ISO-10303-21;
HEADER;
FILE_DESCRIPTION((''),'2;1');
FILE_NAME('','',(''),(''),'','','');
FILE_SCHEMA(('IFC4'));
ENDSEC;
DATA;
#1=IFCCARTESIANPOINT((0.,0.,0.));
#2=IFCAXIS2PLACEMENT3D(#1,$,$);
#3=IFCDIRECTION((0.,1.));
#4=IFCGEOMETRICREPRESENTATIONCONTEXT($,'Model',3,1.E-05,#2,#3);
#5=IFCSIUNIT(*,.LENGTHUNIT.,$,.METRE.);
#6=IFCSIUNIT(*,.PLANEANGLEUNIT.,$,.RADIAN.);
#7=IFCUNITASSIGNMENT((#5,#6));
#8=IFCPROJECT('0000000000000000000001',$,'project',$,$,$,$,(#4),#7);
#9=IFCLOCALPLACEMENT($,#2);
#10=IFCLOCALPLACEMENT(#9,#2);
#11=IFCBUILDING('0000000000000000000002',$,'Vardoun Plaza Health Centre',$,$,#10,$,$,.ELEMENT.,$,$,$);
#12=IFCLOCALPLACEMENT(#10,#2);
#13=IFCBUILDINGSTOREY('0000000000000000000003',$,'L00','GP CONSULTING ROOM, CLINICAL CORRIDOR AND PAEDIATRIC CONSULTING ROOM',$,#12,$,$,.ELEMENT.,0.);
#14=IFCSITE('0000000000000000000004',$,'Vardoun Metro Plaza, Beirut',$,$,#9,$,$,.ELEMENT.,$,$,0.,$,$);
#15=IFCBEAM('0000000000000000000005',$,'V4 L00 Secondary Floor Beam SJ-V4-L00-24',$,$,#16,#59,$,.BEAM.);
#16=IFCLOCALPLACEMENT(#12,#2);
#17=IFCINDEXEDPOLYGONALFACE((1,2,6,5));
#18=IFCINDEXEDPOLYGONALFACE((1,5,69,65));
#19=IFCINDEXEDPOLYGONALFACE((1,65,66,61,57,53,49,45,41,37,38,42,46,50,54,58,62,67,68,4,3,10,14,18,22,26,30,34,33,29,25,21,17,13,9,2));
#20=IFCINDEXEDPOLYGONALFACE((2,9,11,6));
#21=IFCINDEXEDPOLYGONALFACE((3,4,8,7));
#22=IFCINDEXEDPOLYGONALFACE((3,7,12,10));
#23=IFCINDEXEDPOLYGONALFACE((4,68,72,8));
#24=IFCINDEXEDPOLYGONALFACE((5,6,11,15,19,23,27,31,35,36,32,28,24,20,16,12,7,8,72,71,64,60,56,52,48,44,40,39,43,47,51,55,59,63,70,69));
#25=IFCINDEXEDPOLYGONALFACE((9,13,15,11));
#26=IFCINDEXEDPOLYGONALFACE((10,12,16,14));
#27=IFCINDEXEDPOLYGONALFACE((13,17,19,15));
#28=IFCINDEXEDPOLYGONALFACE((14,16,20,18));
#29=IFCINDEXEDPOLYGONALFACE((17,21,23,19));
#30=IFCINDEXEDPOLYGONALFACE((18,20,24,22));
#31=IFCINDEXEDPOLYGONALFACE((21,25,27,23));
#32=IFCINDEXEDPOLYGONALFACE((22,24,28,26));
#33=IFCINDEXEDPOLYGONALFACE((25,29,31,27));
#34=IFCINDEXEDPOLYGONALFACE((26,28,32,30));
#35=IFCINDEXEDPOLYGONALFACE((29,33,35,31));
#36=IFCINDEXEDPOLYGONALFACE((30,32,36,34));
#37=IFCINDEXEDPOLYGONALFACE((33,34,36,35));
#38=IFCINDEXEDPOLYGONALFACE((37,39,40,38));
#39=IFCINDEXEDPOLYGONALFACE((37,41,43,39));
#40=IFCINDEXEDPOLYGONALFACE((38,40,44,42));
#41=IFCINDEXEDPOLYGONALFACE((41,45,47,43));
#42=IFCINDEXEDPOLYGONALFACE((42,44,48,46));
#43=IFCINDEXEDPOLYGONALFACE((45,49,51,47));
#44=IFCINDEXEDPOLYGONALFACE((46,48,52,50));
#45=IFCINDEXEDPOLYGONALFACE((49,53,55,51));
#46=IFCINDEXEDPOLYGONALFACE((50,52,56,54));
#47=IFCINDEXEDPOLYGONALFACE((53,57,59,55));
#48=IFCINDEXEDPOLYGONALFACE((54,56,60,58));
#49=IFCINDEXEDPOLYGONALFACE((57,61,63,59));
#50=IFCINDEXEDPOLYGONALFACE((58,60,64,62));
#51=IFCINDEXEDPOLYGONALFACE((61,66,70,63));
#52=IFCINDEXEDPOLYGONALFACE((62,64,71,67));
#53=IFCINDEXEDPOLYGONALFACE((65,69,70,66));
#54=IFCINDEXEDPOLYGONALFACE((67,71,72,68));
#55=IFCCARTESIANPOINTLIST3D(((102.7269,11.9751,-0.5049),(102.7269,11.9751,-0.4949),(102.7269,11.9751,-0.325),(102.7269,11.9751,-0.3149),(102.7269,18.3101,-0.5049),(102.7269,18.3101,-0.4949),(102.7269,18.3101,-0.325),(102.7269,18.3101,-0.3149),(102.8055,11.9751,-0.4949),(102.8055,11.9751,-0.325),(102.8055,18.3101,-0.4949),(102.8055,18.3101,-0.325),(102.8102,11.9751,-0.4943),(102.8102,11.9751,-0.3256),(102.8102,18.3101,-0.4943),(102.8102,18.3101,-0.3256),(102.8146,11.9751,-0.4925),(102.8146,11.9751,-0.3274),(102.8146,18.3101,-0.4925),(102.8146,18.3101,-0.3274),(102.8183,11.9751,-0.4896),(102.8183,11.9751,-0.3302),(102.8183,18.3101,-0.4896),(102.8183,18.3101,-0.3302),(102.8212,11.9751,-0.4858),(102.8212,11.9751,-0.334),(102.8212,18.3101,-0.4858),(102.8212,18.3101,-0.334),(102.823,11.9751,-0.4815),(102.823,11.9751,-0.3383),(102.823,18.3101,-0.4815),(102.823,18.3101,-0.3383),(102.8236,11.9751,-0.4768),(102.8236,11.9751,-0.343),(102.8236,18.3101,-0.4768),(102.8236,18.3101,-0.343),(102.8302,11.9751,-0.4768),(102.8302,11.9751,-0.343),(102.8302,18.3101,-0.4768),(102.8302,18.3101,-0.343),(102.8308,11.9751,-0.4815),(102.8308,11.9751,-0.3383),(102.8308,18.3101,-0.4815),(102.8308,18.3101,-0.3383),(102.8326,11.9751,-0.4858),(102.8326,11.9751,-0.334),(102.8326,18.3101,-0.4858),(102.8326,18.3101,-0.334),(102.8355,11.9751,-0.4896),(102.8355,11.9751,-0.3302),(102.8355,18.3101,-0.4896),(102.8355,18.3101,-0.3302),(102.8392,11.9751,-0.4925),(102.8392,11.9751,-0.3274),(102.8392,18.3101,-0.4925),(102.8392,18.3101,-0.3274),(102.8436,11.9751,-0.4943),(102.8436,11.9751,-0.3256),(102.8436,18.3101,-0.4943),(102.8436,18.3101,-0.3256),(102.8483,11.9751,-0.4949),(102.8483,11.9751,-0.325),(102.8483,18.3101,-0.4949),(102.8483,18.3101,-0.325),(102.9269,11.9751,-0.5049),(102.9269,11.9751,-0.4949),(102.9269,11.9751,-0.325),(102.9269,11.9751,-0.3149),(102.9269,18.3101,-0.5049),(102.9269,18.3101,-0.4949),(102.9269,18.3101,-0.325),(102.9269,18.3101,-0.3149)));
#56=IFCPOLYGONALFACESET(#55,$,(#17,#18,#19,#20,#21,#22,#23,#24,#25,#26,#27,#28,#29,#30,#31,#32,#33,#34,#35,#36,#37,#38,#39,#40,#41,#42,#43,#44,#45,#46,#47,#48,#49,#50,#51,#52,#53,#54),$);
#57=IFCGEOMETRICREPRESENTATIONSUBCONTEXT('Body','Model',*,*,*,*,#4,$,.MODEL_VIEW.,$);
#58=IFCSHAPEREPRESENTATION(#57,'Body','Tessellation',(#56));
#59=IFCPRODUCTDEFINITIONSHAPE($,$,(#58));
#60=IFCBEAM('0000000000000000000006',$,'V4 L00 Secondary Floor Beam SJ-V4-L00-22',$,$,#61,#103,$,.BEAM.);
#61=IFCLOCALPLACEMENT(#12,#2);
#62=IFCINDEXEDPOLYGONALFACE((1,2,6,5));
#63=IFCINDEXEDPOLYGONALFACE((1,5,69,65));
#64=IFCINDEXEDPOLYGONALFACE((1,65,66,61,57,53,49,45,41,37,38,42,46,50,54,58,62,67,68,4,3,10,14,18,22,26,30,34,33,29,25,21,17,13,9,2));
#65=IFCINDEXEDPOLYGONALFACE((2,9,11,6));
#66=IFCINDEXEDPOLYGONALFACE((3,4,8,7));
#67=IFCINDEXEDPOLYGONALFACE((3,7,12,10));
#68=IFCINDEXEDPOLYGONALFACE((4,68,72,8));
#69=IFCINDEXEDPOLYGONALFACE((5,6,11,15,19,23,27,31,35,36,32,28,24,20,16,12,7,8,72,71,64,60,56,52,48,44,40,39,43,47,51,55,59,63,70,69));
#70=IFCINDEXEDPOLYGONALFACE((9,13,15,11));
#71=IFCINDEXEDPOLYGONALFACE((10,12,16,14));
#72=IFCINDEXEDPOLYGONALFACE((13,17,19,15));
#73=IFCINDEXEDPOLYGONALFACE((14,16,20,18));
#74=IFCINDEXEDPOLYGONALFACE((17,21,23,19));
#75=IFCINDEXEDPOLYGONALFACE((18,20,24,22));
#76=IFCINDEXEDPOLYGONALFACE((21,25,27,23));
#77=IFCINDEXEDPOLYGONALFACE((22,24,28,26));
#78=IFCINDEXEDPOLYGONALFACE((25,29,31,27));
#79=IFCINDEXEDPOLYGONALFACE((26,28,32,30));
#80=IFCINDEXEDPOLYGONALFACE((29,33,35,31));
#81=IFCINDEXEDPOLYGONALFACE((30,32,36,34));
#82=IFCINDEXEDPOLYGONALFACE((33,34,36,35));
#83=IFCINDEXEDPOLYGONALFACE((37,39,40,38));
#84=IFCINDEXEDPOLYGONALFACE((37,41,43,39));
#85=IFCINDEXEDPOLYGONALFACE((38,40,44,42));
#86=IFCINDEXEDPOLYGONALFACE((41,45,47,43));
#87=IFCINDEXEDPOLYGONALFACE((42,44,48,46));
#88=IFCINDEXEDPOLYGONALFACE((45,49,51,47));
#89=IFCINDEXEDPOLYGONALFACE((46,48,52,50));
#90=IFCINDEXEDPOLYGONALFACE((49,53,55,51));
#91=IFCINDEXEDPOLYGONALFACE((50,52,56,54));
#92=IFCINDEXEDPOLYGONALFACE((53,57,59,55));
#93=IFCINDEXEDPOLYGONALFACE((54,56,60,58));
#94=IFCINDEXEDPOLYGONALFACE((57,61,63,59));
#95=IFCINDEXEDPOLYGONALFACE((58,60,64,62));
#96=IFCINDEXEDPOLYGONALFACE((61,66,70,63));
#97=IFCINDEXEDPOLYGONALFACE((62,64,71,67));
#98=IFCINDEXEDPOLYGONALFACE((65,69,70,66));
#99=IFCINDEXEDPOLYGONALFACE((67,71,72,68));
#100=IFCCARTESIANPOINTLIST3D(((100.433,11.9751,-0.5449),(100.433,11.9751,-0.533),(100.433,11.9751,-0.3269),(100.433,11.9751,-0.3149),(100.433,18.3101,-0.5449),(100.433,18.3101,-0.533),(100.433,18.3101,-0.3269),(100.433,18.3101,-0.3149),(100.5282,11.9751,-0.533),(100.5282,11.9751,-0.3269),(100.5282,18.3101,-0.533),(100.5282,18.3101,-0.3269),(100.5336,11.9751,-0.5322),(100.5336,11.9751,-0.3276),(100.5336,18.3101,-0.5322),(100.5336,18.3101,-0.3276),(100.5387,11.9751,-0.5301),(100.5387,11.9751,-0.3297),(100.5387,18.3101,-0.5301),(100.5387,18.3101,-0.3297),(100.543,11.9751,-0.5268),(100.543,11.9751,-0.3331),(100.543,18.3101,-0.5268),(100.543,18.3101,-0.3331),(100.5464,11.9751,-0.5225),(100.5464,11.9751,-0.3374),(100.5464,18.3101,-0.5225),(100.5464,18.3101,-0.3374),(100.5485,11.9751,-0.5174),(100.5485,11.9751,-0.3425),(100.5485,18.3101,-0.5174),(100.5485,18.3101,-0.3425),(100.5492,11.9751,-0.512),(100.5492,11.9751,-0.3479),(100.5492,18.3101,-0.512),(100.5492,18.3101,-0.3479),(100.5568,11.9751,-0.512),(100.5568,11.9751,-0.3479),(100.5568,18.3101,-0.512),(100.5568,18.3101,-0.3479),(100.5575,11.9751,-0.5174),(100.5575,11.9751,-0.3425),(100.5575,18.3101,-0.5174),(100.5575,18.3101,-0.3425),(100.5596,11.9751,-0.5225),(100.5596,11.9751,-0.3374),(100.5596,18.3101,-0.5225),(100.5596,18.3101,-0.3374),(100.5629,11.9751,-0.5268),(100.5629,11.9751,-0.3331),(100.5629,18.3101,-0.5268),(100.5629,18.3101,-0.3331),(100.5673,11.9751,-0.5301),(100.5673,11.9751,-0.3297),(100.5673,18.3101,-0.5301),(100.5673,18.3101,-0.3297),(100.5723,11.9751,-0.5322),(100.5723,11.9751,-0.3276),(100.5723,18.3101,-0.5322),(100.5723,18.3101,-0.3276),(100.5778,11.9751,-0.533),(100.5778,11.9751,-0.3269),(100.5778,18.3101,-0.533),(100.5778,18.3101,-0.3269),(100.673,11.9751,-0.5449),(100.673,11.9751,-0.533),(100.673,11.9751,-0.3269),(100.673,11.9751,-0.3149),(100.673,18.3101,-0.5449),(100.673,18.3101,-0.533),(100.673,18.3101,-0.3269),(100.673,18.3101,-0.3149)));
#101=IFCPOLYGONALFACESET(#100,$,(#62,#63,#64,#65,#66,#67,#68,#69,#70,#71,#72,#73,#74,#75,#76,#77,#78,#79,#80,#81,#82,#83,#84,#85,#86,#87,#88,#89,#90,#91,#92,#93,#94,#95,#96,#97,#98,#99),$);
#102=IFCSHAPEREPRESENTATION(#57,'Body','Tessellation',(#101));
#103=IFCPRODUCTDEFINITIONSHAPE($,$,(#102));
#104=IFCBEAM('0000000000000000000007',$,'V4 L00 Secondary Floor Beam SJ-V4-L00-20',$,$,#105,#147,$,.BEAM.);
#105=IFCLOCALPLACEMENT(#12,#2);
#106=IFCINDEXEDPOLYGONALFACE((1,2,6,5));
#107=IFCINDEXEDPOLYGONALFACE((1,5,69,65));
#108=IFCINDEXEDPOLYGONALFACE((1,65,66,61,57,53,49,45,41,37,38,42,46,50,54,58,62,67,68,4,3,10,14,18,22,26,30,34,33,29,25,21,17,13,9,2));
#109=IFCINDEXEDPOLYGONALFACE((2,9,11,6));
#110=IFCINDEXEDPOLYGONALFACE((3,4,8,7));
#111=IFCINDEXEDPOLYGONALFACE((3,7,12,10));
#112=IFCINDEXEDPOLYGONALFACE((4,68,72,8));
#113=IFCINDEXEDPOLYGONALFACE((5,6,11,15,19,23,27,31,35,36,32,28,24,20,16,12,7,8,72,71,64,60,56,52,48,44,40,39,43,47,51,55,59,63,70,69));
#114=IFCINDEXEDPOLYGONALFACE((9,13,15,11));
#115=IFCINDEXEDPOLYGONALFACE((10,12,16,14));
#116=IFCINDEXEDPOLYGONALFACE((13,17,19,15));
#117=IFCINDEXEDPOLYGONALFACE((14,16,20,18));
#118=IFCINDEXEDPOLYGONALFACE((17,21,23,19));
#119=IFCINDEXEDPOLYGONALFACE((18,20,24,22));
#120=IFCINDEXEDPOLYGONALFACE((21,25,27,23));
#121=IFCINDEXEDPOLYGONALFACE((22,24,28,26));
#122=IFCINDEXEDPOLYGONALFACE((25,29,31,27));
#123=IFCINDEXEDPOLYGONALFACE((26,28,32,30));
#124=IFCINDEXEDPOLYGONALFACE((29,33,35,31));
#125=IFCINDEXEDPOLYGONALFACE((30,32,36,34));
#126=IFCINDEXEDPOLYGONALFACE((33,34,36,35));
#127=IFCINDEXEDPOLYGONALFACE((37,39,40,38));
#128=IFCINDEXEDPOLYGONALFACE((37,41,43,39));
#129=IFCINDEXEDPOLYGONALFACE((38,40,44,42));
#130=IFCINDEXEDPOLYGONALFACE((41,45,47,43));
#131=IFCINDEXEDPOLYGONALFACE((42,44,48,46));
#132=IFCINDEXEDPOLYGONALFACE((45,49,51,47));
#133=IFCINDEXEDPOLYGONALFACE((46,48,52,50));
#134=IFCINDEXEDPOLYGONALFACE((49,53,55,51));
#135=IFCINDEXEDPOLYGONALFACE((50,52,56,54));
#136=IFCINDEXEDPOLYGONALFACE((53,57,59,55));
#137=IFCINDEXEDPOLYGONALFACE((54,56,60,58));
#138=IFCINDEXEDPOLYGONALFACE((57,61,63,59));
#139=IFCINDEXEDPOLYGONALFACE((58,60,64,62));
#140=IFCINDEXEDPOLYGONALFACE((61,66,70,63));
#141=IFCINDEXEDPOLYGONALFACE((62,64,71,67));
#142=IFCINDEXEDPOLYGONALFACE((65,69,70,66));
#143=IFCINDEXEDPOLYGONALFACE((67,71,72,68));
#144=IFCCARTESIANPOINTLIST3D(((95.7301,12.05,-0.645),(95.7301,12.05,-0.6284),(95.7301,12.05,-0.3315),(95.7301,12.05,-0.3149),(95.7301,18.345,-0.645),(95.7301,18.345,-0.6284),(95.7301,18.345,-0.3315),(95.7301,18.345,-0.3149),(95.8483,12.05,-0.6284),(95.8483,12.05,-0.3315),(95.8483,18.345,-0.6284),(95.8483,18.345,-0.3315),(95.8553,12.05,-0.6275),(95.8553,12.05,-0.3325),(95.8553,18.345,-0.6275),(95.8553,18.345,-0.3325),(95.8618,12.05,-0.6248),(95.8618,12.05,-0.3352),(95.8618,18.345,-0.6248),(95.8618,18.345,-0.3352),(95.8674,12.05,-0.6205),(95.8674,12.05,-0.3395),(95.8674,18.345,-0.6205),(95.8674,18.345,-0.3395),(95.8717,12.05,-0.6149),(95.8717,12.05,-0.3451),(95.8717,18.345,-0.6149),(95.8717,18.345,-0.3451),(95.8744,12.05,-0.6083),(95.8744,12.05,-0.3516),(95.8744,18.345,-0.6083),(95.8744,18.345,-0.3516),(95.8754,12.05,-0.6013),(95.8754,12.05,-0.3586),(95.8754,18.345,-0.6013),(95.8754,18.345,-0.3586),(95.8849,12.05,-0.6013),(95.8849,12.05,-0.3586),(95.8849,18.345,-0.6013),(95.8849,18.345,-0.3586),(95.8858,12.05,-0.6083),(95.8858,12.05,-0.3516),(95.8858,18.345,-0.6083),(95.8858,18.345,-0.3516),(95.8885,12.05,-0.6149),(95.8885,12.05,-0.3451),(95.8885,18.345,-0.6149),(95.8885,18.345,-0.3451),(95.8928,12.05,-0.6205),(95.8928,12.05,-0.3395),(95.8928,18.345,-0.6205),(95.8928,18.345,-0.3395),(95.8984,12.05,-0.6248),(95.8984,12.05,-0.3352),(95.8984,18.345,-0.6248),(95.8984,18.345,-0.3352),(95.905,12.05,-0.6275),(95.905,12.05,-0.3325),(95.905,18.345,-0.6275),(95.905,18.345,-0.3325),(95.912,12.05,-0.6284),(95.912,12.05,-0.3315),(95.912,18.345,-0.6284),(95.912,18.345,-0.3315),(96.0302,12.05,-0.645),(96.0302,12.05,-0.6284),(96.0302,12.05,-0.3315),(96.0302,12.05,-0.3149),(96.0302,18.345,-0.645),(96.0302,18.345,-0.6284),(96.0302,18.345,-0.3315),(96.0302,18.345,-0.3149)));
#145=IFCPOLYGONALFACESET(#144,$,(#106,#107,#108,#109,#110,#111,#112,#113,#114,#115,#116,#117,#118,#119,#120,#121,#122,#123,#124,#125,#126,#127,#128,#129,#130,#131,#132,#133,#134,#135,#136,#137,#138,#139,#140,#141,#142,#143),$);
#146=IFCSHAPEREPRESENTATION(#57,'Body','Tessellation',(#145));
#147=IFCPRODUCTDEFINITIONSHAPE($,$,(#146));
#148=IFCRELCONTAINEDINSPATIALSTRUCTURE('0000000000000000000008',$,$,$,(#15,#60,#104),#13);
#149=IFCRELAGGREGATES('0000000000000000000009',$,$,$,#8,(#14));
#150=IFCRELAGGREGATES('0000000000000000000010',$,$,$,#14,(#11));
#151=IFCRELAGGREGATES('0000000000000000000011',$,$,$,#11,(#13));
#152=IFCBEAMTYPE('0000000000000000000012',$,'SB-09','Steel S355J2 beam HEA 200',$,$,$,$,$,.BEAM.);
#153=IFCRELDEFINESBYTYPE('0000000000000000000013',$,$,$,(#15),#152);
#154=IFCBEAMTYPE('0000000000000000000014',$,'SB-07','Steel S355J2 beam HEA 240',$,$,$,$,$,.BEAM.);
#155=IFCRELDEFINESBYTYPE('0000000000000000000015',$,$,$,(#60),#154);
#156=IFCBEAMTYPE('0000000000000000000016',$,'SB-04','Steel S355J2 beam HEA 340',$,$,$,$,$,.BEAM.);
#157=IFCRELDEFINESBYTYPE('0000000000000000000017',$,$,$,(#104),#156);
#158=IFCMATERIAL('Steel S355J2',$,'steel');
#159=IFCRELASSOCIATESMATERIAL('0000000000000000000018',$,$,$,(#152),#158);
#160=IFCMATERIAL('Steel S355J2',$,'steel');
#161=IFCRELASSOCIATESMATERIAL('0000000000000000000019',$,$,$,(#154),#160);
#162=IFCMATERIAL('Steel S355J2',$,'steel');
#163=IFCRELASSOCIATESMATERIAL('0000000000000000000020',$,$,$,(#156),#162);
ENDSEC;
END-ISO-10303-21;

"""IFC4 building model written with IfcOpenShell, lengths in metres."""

from ifc_helpers import new_model, si_unit, direction, frame, origin, origin_2d, place, context, subcontext, project, spatial, i_section, extrude, material, material_profile, profile_set, type_object, element, save


model = new_model("IFC4")

# Units and contexts
model_context = context("Model", 3, precision=1e-05, world=origin(), true_north=direction((0.0, 1.0)))
body_context = subcontext(model_context, "Body", "Model", "MODEL_VIEW")
ifc_project = project(units=[si_unit("LENGTHUNIT", "METRE"), si_unit("PLANEANGLEUNIT", "RADIAN")], contexts=[model_context])

# Site, building, storey
site_placement = place(None, origin())
site = spatial("IfcSite", under=ifc_project, at=site_placement, Name="Vardoun Metro Plaza, Beirut", CompositionType="ELEMENT", RefElevation=0.0)
building_placement = place(site_placement, origin())
building = spatial("IfcBuilding", under=site, at=building_placement, Name="Vardoun Plaza Health Centre", CompositionType="ELEMENT")
storey_placement = place(building_placement, origin())
storey = spatial("IfcBuildingStorey", under=building, at=storey_placement, Name="L00", Description="GP CONSULTING ROOM, CLINICAL CORRIDOR AND PAEDIATRIC CONSULTING ROOM", CompositionType="ELEMENT", Elevation=0.0)

# Beams
ifc_material_1 = material(Name="Steel S355J2", Category="steel")
ifc_material_profile_1 = material_profile(ifc_material_1, i_section(OverallWidth=0.2, OverallDepth=0.1899, WebThickness=0.0066, FlangeThickness=0.01, FilletRadius=0.0181, at=origin_2d()), Name="HEA 200")
ifc_profile_set_1 = profile_set([ifc_material_profile_1], Name="Steel S355J2")
beam_type_1 = type_object("IfcBeamType", Name="SB-09", Description="Steel S355J2 beam HEA 200", PredefinedType="BEAM", material=ifc_profile_set_1)
beam_1_placement = place(storey_placement, frame((102.8269, 11.9751, -0.4099), z_axis=(0.0, 1.0, 0.0), x_axis=(-1.0, 0.0, 0.0)))
element("IfcBeam", 1, at=beam_1_placement, inside=storey, type_object=beam_type_1, Name="V4 L00 Secondary Floor Beam SJ-V4-L00-24", PredefinedType="BEAM", context=body_context, shape_type="SweptSolid", body=[
    extrude(i_section(OverallWidth=0.2, OverallDepth=0.1899, WebThickness=0.0066, FlangeThickness=0.01, FilletRadius=0.0181, at=origin_2d()), origin(), (0.0, 0.0, 1.0), 6.335),
])
ifc_material_2 = material(Name="Steel S355J2", Category="steel")
ifc_material_profile_2 = material_profile(ifc_material_2, i_section(OverallWidth=0.24, OverallDepth=0.23, WebThickness=0.0076, FlangeThickness=0.012, FilletRadius=0.021, at=origin_2d()), Name="HEA 240")
ifc_profile_set_2 = profile_set([ifc_material_profile_2], Name="Steel S355J2")
beam_type_2 = type_object("IfcBeamType", Name="SB-07", Description="Steel S355J2 beam HEA 240", PredefinedType="BEAM", material=ifc_profile_set_2)
beam_2_placement = place(storey_placement, frame((100.553, 11.9751, -0.4299), z_axis=(0.0, 1.0, 0.0), x_axis=(-1.0, 0.0, 0.0)))
element("IfcBeam", 2, at=beam_2_placement, inside=storey, type_object=beam_type_2, Name="V4 L00 Secondary Floor Beam SJ-V4-L00-22", PredefinedType="BEAM", context=body_context, shape_type="SweptSolid", body=[
    extrude(i_section(OverallWidth=0.24, OverallDepth=0.23, WebThickness=0.0076, FlangeThickness=0.012, FilletRadius=0.021, at=origin_2d()), origin(), (0.0, 0.0, 1.0), 6.335),
])
ifc_material_3 = material(Name="Steel S355J2", Category="steel")
ifc_material_profile_3 = material_profile(ifc_material_3, i_section(OverallWidth=0.3, OverallDepth=0.3301, WebThickness=0.0095, FlangeThickness=0.0166, FilletRadius=0.0271, at=origin_2d()), Name="HEA 340")
ifc_profile_set_3 = profile_set([ifc_material_profile_3], Name="Steel S355J2")
beam_type_3 = type_object("IfcBeamType", Name="SB-04", Description="Steel S355J2 beam HEA 340", PredefinedType="BEAM", material=ifc_profile_set_3)
beam_3_placement = place(storey_placement, frame((95.8801, 12.05, -0.48), z_axis=(0.0, 1.0, 0.0), x_axis=(-1.0, 0.0, 0.0)))
element("IfcBeam", 3, at=beam_3_placement, inside=storey, type_object=beam_type_3, Name="V4 L00 Secondary Floor Beam SJ-V4-L00-20", PredefinedType="BEAM", context=body_context, shape_type="SweptSolid", body=[
    extrude(i_section(OverallWidth=0.3, OverallDepth=0.3301, WebThickness=0.0095, FlangeThickness=0.0166, FilletRadius=0.0271, at=origin_2d()), origin(), (0.0, 0.0, 1.0), 6.2949),
])

save(model, "model.ifc")
